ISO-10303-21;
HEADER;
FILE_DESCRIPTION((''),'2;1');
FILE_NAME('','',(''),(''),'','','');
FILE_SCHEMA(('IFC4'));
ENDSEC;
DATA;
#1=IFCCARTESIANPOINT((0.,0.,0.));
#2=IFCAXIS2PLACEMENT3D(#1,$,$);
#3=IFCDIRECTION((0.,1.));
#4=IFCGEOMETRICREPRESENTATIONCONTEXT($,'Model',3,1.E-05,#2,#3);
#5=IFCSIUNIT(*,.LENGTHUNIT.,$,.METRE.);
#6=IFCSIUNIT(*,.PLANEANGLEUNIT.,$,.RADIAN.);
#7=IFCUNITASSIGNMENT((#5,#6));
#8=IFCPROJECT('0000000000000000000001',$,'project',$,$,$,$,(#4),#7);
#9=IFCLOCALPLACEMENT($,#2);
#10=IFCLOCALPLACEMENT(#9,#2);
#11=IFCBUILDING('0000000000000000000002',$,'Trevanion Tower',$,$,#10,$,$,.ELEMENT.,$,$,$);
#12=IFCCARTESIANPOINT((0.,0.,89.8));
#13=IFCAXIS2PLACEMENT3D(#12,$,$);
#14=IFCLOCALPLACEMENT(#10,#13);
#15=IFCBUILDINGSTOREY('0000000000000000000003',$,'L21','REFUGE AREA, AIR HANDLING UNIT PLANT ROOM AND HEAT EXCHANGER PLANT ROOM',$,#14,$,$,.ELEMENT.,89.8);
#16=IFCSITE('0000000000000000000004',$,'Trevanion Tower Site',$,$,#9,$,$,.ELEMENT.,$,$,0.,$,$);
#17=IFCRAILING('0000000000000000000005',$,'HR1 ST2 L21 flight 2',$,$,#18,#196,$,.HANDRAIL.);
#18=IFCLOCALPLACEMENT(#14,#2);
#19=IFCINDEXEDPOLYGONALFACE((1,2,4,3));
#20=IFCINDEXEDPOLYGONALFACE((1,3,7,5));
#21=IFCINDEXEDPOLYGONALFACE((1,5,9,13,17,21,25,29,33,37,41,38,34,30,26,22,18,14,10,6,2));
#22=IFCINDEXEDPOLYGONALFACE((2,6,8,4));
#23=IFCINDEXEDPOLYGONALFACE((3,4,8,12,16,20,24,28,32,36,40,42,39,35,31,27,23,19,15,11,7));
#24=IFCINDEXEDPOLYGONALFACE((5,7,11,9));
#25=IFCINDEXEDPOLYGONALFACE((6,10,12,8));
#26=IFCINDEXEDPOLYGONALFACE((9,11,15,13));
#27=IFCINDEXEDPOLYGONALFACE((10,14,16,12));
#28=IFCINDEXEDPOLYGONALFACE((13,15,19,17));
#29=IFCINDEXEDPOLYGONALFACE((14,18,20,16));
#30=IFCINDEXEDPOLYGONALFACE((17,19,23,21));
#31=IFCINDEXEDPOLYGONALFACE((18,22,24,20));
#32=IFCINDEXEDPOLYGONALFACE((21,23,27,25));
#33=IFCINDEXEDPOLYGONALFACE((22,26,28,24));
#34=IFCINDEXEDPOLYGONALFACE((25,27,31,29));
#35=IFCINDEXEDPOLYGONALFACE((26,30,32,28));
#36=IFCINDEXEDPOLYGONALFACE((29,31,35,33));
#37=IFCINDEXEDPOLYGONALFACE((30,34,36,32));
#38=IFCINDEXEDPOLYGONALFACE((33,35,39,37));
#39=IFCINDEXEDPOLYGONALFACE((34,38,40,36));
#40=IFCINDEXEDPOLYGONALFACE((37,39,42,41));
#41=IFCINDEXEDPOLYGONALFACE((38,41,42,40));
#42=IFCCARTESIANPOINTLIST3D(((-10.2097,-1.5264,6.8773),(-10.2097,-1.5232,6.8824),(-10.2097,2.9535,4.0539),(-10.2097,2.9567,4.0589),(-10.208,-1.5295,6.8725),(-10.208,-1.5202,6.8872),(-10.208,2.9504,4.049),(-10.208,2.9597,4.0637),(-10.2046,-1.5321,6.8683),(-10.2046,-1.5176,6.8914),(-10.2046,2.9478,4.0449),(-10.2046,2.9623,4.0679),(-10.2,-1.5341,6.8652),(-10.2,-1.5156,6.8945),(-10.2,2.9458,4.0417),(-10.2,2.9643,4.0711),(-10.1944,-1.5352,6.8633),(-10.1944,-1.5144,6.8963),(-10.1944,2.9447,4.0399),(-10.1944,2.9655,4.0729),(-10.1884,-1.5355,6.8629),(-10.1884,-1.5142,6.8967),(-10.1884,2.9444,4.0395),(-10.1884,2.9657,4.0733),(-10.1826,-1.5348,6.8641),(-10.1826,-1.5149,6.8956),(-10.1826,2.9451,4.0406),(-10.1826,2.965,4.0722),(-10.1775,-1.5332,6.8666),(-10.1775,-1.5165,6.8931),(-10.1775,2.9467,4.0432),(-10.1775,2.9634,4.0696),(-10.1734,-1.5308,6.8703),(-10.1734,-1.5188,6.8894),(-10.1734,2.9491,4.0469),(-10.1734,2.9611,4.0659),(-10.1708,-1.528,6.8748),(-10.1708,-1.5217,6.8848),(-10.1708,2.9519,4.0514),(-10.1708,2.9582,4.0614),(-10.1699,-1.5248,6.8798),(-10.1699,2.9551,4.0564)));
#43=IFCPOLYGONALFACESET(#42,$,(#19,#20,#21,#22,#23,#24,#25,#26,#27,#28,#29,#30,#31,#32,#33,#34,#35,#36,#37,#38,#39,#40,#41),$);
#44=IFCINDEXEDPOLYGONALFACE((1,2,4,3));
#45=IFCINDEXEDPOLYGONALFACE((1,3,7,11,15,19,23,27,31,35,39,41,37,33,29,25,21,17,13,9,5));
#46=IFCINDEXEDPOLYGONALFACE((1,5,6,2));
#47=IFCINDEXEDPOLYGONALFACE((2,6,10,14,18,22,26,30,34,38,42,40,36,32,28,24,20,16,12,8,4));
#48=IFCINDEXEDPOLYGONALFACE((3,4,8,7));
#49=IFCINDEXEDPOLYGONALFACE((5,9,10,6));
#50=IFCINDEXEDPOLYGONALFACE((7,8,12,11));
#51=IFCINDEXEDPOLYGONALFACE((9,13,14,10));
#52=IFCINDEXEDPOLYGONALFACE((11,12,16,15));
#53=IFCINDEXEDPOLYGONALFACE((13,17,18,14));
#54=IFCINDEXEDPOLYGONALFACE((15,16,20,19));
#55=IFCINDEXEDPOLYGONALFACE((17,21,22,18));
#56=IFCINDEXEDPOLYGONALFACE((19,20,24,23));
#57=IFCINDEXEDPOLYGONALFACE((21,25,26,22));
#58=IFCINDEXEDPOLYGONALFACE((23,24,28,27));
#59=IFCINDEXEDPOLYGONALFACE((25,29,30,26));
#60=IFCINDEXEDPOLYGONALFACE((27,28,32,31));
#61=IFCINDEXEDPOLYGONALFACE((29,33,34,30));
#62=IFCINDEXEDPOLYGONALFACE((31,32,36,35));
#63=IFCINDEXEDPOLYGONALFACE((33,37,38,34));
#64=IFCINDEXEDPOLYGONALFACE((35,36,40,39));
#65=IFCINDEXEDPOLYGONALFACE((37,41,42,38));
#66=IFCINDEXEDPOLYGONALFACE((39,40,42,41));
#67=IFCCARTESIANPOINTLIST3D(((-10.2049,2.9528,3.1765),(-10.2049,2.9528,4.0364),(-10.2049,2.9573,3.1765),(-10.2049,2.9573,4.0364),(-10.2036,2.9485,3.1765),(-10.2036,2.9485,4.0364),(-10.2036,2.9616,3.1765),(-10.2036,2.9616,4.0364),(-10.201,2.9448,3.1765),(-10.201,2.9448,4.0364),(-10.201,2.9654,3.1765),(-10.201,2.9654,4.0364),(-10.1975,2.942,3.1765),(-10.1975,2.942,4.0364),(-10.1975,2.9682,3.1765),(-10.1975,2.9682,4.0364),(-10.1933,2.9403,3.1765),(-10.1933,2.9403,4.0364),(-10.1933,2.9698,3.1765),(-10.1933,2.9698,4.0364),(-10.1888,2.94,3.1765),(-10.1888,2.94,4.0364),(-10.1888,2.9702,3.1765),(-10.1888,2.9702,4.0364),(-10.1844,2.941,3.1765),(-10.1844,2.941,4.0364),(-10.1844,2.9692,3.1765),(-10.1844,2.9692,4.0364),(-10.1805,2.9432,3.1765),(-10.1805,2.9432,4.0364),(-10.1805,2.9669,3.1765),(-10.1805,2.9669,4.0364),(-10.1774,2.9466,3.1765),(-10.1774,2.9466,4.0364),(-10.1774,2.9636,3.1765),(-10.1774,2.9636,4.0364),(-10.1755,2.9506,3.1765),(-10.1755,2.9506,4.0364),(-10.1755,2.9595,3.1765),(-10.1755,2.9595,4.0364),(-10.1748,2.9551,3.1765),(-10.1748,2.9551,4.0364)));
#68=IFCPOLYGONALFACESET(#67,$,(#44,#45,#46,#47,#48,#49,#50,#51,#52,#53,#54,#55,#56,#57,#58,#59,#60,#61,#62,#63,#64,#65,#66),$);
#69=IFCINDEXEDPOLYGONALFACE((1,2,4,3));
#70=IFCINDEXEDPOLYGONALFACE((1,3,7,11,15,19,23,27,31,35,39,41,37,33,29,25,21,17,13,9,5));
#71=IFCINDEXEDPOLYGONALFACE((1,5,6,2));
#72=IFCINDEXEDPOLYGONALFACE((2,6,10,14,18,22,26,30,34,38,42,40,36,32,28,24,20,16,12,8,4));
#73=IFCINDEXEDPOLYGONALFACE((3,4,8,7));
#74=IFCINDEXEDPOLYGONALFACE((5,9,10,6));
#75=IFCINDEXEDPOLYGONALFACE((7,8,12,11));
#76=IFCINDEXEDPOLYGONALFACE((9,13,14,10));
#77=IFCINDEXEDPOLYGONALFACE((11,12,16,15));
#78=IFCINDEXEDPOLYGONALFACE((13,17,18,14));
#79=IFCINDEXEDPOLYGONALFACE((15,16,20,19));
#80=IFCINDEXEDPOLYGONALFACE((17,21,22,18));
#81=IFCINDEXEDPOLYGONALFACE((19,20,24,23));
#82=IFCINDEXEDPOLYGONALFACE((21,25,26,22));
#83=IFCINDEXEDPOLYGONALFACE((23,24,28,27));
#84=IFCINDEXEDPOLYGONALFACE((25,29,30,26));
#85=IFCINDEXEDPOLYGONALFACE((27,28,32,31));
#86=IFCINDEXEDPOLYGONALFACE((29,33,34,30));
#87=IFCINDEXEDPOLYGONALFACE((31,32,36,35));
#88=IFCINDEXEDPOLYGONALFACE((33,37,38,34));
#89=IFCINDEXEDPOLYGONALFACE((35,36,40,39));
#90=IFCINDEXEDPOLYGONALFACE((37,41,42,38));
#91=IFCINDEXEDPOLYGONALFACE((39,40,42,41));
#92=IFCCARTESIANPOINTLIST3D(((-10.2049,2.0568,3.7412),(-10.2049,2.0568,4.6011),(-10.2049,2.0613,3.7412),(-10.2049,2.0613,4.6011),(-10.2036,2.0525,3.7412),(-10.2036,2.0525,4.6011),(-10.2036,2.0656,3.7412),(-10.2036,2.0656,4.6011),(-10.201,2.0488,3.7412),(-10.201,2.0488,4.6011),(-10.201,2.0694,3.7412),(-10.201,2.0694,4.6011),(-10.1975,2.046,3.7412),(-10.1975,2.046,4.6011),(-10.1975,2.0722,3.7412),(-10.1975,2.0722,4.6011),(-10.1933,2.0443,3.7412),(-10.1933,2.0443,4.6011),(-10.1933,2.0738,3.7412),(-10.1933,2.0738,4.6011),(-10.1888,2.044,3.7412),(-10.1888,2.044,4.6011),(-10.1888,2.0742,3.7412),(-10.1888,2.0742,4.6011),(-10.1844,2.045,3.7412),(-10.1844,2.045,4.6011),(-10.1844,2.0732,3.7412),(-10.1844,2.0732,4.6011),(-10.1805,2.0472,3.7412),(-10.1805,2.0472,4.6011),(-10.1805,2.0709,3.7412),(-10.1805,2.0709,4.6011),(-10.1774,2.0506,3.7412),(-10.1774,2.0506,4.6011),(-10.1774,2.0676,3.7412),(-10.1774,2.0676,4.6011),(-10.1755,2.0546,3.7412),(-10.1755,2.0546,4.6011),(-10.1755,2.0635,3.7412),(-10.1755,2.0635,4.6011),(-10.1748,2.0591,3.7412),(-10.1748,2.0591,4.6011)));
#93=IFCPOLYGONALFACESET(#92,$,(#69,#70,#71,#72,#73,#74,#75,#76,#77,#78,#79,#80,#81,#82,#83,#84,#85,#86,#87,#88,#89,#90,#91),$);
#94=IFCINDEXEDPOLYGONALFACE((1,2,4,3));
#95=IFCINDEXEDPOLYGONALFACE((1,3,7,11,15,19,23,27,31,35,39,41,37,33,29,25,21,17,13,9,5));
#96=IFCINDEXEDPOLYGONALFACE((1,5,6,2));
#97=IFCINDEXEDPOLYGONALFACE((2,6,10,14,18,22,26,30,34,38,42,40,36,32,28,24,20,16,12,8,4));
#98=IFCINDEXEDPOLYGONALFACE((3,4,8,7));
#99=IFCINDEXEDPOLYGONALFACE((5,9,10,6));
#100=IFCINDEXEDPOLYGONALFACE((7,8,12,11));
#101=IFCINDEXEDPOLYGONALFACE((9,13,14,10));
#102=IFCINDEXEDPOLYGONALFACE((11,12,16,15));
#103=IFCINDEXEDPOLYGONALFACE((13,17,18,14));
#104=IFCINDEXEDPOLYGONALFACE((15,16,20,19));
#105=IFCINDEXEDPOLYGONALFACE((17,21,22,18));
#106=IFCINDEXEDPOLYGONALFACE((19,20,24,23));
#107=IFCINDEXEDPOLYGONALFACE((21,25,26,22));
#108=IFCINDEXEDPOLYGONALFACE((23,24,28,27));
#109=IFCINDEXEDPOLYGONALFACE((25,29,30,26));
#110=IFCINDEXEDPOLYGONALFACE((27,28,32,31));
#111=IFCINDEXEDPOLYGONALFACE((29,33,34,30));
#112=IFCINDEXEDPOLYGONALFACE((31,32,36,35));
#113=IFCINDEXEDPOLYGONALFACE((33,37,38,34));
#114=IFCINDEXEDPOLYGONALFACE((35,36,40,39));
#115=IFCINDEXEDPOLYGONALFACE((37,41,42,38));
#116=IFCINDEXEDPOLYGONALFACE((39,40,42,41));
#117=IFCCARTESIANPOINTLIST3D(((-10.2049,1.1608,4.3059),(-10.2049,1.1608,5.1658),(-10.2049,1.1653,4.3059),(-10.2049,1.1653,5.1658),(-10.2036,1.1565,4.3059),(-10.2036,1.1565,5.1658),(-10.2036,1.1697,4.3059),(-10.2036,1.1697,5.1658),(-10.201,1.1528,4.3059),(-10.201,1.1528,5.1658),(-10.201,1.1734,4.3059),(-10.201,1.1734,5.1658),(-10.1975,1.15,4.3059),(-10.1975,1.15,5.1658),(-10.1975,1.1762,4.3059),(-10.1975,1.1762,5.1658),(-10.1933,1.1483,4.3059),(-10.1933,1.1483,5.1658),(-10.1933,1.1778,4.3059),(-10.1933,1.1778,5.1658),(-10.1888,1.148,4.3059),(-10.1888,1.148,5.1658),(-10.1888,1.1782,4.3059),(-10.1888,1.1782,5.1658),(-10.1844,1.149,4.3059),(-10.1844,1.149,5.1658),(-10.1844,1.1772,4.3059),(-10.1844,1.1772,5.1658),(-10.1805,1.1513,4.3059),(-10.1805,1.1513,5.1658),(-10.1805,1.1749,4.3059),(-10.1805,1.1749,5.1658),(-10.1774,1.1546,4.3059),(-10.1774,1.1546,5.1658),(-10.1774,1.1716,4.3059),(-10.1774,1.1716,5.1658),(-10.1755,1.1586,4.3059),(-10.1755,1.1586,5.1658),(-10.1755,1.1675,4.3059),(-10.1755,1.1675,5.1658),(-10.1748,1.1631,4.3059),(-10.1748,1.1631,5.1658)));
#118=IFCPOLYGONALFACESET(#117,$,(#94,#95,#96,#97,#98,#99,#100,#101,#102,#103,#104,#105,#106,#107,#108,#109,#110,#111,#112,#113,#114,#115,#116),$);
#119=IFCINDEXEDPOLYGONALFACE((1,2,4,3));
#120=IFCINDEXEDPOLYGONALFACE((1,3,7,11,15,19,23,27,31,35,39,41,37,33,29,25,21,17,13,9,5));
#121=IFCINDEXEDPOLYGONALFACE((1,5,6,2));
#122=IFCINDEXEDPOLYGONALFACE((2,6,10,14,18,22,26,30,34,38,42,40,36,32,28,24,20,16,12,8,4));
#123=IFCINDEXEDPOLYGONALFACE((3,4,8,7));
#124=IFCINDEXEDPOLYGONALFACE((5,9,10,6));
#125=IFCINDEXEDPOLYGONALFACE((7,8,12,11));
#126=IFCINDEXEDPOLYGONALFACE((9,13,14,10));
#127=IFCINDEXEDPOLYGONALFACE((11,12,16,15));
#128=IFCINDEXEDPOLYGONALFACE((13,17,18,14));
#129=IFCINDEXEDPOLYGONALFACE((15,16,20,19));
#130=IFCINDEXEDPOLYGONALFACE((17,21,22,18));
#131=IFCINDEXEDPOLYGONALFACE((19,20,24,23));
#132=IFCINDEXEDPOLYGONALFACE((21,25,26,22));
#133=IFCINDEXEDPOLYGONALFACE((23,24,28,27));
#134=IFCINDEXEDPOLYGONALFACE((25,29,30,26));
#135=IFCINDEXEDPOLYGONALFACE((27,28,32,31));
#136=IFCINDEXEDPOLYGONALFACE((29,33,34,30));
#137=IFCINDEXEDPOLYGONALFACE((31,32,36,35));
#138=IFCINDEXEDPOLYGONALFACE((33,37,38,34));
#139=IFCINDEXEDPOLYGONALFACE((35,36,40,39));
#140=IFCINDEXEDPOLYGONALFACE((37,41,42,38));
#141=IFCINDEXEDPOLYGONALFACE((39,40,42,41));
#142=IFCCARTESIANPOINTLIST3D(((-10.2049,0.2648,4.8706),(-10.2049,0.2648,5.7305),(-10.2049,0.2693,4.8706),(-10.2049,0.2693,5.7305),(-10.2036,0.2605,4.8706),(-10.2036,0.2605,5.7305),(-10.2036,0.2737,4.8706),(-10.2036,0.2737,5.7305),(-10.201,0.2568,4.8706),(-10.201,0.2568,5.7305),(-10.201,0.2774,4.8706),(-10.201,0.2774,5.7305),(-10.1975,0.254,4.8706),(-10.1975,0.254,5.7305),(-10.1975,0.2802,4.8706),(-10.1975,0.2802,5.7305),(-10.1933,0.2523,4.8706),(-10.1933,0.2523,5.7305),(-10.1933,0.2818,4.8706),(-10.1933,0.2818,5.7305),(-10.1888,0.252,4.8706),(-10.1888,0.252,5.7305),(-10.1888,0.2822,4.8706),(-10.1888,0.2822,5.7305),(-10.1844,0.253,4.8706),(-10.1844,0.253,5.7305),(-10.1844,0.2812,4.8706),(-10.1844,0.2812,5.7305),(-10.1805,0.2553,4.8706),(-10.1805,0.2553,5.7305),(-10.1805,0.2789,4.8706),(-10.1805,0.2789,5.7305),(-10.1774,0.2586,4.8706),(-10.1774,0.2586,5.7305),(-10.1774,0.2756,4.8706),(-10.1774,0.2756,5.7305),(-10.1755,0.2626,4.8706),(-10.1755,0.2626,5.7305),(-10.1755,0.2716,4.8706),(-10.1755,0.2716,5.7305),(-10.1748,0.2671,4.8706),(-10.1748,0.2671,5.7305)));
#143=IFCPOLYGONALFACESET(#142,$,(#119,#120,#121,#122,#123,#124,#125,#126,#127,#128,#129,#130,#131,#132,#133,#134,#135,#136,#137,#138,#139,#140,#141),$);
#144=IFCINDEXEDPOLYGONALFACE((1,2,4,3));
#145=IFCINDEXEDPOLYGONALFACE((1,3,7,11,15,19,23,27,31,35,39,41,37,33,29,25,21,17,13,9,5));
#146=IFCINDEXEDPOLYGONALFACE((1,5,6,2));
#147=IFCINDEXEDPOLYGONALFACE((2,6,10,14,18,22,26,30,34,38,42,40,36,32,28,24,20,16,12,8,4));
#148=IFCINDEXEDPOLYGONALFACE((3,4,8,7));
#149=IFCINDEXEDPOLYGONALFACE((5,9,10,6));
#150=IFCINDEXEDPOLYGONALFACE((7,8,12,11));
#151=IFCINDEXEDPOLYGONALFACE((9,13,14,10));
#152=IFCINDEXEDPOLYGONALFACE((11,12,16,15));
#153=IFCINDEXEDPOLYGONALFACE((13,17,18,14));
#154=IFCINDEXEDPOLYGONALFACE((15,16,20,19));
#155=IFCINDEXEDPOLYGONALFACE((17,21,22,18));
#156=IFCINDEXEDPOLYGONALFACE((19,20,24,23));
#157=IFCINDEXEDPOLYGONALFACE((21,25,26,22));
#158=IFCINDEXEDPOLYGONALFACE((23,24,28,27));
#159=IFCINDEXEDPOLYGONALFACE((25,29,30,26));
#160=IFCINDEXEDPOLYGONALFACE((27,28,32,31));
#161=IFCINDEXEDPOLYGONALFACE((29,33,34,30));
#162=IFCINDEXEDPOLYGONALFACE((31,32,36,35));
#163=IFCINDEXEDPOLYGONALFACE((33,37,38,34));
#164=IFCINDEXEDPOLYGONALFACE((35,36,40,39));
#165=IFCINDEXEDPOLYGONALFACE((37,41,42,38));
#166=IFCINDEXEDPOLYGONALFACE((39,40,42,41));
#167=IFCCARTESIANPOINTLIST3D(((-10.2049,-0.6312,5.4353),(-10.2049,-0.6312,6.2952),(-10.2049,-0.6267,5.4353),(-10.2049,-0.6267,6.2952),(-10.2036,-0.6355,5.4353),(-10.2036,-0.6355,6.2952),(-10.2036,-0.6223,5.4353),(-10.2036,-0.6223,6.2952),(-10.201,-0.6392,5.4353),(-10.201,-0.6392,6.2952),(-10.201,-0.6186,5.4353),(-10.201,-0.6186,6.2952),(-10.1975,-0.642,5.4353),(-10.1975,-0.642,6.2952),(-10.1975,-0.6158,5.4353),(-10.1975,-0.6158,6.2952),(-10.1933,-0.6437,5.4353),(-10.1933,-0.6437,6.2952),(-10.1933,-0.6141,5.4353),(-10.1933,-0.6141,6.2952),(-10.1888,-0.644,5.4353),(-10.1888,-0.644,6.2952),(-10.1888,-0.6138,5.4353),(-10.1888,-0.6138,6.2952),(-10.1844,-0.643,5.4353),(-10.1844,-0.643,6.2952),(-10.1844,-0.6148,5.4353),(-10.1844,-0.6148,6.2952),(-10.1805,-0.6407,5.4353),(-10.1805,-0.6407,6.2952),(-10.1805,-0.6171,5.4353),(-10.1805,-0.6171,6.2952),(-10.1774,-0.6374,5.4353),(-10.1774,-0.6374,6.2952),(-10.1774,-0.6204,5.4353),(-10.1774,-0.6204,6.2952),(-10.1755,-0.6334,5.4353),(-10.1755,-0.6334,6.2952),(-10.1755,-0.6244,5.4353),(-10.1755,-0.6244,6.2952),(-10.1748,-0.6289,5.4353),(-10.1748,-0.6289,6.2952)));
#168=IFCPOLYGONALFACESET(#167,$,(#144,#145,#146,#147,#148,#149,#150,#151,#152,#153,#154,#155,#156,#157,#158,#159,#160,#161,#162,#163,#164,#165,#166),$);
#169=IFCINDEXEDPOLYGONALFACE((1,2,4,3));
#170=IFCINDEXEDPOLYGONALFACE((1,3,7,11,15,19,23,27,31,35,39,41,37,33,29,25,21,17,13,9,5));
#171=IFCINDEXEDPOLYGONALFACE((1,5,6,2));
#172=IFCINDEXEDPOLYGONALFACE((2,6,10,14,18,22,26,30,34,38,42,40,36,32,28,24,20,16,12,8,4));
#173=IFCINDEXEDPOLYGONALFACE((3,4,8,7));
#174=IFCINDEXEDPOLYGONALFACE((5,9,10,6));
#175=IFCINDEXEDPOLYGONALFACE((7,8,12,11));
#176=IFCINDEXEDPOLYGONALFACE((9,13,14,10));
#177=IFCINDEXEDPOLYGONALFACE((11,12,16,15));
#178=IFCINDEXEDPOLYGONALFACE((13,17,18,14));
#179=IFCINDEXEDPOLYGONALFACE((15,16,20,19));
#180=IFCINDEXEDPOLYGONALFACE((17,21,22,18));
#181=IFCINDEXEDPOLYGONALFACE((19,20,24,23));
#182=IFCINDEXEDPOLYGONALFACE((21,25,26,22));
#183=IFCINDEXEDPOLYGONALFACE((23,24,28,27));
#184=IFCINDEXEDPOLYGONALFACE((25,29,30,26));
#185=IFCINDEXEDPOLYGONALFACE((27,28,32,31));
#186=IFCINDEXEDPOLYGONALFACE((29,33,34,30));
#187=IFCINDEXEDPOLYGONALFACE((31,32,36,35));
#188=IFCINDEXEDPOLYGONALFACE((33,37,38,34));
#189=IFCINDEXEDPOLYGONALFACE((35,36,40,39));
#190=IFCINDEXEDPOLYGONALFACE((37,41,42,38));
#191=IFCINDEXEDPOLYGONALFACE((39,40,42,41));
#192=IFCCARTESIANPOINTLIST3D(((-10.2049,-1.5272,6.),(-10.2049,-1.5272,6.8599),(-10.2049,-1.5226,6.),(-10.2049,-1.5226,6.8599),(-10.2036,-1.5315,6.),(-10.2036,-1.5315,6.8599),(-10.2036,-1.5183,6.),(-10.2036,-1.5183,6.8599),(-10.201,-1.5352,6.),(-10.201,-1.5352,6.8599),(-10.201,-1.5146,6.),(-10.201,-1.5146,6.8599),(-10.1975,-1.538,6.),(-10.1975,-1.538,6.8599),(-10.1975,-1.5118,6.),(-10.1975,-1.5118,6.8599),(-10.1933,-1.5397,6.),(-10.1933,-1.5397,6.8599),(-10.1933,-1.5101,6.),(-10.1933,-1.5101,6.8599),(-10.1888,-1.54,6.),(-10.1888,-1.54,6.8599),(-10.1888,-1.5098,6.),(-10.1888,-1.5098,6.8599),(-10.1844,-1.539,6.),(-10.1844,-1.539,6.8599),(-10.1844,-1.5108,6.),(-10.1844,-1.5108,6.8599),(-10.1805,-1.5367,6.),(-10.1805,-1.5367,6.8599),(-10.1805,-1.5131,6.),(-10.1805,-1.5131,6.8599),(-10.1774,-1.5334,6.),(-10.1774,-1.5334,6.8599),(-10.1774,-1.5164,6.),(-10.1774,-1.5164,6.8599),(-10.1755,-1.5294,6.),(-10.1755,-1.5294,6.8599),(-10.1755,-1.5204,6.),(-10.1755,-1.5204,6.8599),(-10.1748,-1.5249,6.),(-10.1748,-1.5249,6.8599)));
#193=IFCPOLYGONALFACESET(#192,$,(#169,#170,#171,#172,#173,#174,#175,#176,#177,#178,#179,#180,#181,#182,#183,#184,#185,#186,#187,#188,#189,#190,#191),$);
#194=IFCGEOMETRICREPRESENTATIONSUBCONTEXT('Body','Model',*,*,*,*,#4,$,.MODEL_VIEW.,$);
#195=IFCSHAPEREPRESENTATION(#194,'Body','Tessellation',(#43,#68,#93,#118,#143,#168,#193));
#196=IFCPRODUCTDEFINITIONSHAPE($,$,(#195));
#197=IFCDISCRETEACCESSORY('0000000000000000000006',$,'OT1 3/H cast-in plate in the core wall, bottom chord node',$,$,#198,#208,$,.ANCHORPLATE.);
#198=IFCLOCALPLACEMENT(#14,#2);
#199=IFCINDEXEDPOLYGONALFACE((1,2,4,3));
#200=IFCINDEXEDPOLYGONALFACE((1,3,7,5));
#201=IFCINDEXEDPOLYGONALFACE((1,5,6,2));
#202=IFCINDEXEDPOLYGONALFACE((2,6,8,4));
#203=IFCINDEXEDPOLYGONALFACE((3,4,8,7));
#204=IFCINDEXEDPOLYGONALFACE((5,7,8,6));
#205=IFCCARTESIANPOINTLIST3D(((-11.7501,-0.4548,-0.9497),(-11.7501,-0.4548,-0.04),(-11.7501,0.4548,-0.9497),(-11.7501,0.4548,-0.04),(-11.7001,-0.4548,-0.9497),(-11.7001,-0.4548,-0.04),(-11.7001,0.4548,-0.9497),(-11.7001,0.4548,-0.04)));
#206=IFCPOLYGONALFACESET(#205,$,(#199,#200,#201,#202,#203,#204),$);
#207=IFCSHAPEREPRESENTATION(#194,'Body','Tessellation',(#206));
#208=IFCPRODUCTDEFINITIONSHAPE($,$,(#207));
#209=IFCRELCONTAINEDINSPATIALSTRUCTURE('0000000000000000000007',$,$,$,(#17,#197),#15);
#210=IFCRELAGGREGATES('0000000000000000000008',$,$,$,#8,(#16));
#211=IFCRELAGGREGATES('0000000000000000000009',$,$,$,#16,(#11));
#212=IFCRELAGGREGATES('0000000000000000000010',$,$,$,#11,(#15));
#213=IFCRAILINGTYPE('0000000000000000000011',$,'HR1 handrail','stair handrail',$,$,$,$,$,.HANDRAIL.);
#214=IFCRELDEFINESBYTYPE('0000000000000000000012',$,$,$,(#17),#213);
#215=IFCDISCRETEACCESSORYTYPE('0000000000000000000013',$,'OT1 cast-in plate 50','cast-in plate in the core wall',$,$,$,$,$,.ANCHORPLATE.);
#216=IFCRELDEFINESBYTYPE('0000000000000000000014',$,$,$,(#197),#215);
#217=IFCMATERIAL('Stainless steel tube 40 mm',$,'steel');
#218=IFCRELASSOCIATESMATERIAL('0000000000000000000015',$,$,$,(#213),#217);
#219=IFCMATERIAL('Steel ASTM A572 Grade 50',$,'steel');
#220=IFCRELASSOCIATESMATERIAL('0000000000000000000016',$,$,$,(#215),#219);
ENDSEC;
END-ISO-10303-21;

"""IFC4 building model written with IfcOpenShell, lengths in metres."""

from ifc_helpers import new_model, si_unit, direction, frame, origin, origin_2d, place, context, subcontext, project, spatial, rectangle, circle, extrude, material, type_object, element, save


model = new_model("IFC4")

# Units and contexts
model_context = context("Model", 3, precision=1e-05, world=origin(), true_north=direction((0.0, 1.0)))
body_context = subcontext(model_context, "Body", "Model", "MODEL_VIEW")
ifc_project = project(units=[si_unit("LENGTHUNIT", "METRE"), si_unit("PLANEANGLEUNIT", "RADIAN")], contexts=[model_context])

# Site, building, storey
site_placement = place(None, origin())
site = spatial("IfcSite", under=ifc_project, at=site_placement, Name="Trevanion Tower Site", CompositionType="ELEMENT", RefElevation=0.0)
building_placement = place(site_placement, origin())
building = spatial("IfcBuilding", under=site, at=building_placement, Name="Trevanion Tower", CompositionType="ELEMENT")
storey_placement = place(building_placement, frame((0.0, 0.0, 89.8)))
storey = spatial("IfcBuildingStorey", under=building, at=storey_placement, Name="L21", Description="REFUGE AREA, AIR HANDLING UNIT PLANT ROOM AND HEAT EXCHANGER PLANT ROOM", CompositionType="ELEMENT", Elevation=89.8)

# Railing
ifc_material_1 = material(Name="Stainless steel tube 40 mm", Category="steel")
railing_type = type_object("IfcRailingType", Name="HR1 handrail", Description="stair handrail", PredefinedType="HANDRAIL", material=ifc_material_1)
for number, where, name in (
    (1, (-10.1899, 2.9551, 3.1765), "HR1 ST2 L21 flight 2"),
):
    element("IfcRailing", number, at=place(storey_placement, frame(where)), inside=storey, type_object=railing_type, Name=name, PredefinedType="HANDRAIL", context=body_context, shape_type="SweptSolid", body=[
        extrude(circle(Radius=0.02, at=origin_2d()), frame((0.0, 0.0, 0.8799), z_axis=(0.0, -0.845998, 0.533186), x_axis=(1.0, 0.0, 0.0)), (0.0, 0.0, 1.0), 5.2954),
        extrude(circle(Radius=0.0151, at=origin_2d()), origin(), (0.0, 0.0, 1.0), 0.8599),
        extrude(circle(Radius=0.0151, at=origin_2d()), frame((0.0, -0.896, 0.5647)), (0.0, 0.0, 1.0), 0.8599),
        extrude(circle(Radius=0.0151, at=origin_2d()), frame((0.0, -1.792, 1.1294)), (0.0, 0.0, 1.0), 0.8599),
        extrude(circle(Radius=0.0151, at=origin_2d()), frame((0.0, -2.688, 1.6941)), (0.0, 0.0, 1.0), 0.8599),
        extrude(circle(Radius=0.0151, at=origin_2d()), frame((0.0, -3.584, 2.2588)), (0.0, 0.0, 1.0), 0.8599),
        extrude(circle(Radius=0.0151, at=origin_2d()), frame((0.0, -4.48, 2.8235)), (0.0, 0.0, 1.0), 0.8599),
    ])

# Discrete accessory
ifc_material_2 = material(Name="Steel ASTM A572 Grade 50", Category="steel")
discrete_accessory_type = type_object("IfcDiscreteAccessoryType", Name="OT1 cast-in plate 50", Description="cast-in plate in the core wall", PredefinedType="ANCHORPLATE", material=ifc_material_2)
for number, where, z_axis, x_axis, name in (
    (2, (-11.7251, 0.0, -0.9497), (0.0, 0.0, 1.0), (-1.0, 0.0, 0.0), "OT1 3/H cast-in plate in the core wall, bottom chord node"),
):
    element("IfcDiscreteAccessory", number, at=place(storey_placement, frame(where, z_axis=z_axis, x_axis=x_axis)), inside=storey, type_object=discrete_accessory_type, Name=name, PredefinedType="ANCHORPLATE", context=body_context, shape_type="SweptSolid", body=[
        extrude(rectangle(XDim=0.05, YDim=0.9097, at=origin_2d()), origin(), (0.0, 0.0, 1.0), 0.9097),
    ])

save(model, "model.ifc")
